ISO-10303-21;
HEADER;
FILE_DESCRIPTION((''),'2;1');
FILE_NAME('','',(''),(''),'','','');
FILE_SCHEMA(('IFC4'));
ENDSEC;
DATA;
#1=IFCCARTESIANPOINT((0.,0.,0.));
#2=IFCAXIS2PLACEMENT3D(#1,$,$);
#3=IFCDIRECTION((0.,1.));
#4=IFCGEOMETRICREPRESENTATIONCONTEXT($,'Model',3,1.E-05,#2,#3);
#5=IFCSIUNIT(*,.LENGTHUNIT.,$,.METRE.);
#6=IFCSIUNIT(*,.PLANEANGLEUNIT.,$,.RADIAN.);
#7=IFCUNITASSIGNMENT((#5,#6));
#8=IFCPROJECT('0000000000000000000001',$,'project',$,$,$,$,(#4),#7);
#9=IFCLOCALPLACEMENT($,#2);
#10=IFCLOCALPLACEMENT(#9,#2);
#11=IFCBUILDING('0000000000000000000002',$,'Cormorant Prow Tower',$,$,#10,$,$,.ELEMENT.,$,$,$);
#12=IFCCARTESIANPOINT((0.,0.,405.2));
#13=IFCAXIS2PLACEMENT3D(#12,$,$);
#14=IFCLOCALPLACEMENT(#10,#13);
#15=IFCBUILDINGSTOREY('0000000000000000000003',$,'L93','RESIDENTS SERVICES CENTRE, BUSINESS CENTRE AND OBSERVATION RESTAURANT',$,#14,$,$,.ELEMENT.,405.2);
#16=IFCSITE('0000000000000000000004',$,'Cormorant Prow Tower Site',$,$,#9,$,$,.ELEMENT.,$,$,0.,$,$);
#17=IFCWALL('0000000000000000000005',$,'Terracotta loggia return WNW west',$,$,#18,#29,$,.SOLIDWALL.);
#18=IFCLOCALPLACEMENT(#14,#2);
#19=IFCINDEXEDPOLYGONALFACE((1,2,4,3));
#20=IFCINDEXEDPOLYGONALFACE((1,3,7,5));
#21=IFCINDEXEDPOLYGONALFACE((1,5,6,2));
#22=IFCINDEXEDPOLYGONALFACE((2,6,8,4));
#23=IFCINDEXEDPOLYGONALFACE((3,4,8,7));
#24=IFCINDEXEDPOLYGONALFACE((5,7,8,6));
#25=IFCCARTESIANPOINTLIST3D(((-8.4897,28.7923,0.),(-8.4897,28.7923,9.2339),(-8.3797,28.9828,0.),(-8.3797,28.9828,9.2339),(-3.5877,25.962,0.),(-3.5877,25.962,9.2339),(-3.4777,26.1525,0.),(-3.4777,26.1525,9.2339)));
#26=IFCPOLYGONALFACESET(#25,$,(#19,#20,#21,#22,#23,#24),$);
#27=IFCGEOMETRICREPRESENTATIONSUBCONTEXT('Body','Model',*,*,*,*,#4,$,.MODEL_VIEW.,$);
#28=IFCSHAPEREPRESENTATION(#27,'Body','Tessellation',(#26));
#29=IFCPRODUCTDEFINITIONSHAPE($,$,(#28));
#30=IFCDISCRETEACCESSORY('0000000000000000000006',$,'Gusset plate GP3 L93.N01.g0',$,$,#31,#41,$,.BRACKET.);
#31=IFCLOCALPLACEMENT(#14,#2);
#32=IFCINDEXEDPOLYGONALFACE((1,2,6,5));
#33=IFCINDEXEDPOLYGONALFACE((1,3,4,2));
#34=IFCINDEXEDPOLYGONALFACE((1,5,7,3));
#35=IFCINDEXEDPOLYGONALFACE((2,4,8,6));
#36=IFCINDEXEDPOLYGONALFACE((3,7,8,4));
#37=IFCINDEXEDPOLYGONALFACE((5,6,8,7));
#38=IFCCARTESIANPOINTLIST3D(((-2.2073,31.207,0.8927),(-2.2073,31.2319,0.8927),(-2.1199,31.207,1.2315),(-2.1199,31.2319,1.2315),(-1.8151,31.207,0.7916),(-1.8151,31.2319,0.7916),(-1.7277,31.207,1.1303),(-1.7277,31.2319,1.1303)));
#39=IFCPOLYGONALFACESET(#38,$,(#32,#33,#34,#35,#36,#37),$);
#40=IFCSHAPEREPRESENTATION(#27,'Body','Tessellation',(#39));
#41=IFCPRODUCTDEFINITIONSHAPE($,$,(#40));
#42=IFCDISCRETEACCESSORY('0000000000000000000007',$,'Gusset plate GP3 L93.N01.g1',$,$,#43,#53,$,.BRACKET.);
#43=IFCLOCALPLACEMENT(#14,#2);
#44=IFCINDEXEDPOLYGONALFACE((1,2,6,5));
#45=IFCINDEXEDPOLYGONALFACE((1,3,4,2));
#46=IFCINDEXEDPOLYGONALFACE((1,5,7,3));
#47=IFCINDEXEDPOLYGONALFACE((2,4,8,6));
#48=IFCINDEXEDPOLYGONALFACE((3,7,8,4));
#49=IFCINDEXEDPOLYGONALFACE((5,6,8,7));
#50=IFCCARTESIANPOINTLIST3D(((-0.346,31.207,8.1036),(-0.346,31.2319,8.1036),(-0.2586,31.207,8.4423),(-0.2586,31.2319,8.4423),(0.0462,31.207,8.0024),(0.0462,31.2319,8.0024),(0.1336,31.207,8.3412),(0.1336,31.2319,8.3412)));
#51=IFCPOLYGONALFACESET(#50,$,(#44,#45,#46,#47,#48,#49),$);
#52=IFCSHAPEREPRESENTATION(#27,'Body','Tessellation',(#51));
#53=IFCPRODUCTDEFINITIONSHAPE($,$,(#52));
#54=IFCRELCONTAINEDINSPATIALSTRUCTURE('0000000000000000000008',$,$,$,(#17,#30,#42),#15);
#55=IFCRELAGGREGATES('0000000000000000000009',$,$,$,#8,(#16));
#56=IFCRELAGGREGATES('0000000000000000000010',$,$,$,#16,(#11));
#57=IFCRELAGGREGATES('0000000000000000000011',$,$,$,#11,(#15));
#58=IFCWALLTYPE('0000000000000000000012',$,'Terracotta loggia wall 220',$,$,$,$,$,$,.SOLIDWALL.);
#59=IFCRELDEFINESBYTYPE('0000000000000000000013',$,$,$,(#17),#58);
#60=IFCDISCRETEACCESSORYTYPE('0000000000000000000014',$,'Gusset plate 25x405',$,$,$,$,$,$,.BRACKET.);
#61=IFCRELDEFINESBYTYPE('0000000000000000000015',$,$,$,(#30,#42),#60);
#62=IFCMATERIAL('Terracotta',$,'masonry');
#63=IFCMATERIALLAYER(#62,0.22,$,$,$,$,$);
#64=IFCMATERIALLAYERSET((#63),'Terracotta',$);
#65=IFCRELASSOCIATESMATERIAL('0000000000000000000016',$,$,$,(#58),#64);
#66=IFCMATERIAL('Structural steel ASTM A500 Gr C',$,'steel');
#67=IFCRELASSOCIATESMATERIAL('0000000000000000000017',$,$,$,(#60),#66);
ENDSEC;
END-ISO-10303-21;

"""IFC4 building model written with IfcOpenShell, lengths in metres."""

from ifc_helpers import new_model, si_unit, direction, frame, frame_2d, origin, origin_2d, place, context, subcontext, project, spatial, rectangle, extrude, material, layer, layer_set, material_profile, profile_set, type_object, element, save


model = new_model("IFC4")

# Units and contexts
model_context = context("Model", 3, precision=1e-05, world=origin(), true_north=direction((0.0, 1.0)))
body_context = subcontext(model_context, "Body", "Model", "MODEL_VIEW")
ifc_project = project(units=[si_unit("LENGTHUNIT", "METRE"), si_unit("PLANEANGLEUNIT", "RADIAN")], contexts=[model_context])

# Site, building, storey
site_placement = place(None, origin())
site = spatial("IfcSite", under=ifc_project, at=site_placement, Name="Cormorant Prow Tower Site", CompositionType="ELEMENT", RefElevation=0.0)
building_placement = place(site_placement, origin())
building = spatial("IfcBuilding", under=site, at=building_placement, Name="Cormorant Prow Tower", CompositionType="ELEMENT")
storey_placement = place(building_placement, frame((0.0, 0.0, 405.2)))
storey = spatial("IfcBuildingStorey", under=building, at=storey_placement, Name="L93", Description="RESIDENTS SERVICES CENTRE, BUSINESS CENTRE AND OBSERVATION RESTAURANT", CompositionType="ELEMENT", Elevation=405.2)

# Wall
ifc_material_1 = material(Name="Terracotta", Category="masonry")
ifc_layer_1 = layer(ifc_material_1, 0.22)
ifc_layer_set_1 = layer_set([ifc_layer_1], Name="Terracotta")
wall_type_1 = type_object("IfcWallType", Name="Terracotta loggia wall 220", PredefinedType="SOLIDWALL", material=ifc_layer_set_1)
wall_1_placement = place(storey_placement, frame((-8.4346, 28.8875, 0.0), z_axis=(0.0, 0.0, 1.0), x_axis=(0.866018, -0.500012, 0.0)))
element("IfcWall", 1, at=wall_1_placement, inside=storey, type_object=wall_type_1, Name="Terracotta loggia return WNW west", PredefinedType="SOLIDWALL", context=body_context, shape_type="SweptSolid", body=[
    extrude(rectangle(XDim=5.6604, YDim=0.22, at=frame_2d((2.8301, 0.0))), origin(), (0.0, 0.0, 1.0), 9.2339),
])

# Discrete accessories
ifc_material_2 = material(Name="Structural steel ASTM A500 Gr C", Category="steel")
ifc_material_profile_1 = material_profile(ifc_material_2, rectangle(XDim=0.0249, YDim=0.405, at=origin_2d()), Name="Gusset plate 25x405")
ifc_profile_set_1 = profile_set([ifc_material_profile_1], Name="Structural steel ASTM A500 Gr C")
discrete_accessory_type = type_object("IfcDiscreteAccessoryType", Name="Gusset plate 25x405", PredefinedType="BRACKET", material=ifc_profile_set_1)
for number, where, z_axis, x_axis, name in (
    (2, (-1.9238, 31.2195, 1.1809), (-0.249751, 0.0, -0.96831), (0.0, -1.0, 0.0), "Gusset plate GP3 L93.N01.g0"),
    (3, (-0.1499, 31.2195, 8.053), (0.249751, 0.0, 0.96831), (0.0, 1.0, 0.0), "Gusset plate GP3 L93.N01.g1"),
):
    element("IfcDiscreteAccessory", number, at=place(storey_placement, frame(where, z_axis=z_axis, x_axis=x_axis)), inside=storey, type_object=discrete_accessory_type, Name=name, PredefinedType="BRACKET", context=body_context, shape_type="SweptSolid", body=[
        extrude(rectangle(XDim=0.0249, YDim=0.405, at=origin_2d()), origin(), (0.0, 0.0, 1.0), 0.3499),
    ])

save(model, "model.ifc")
